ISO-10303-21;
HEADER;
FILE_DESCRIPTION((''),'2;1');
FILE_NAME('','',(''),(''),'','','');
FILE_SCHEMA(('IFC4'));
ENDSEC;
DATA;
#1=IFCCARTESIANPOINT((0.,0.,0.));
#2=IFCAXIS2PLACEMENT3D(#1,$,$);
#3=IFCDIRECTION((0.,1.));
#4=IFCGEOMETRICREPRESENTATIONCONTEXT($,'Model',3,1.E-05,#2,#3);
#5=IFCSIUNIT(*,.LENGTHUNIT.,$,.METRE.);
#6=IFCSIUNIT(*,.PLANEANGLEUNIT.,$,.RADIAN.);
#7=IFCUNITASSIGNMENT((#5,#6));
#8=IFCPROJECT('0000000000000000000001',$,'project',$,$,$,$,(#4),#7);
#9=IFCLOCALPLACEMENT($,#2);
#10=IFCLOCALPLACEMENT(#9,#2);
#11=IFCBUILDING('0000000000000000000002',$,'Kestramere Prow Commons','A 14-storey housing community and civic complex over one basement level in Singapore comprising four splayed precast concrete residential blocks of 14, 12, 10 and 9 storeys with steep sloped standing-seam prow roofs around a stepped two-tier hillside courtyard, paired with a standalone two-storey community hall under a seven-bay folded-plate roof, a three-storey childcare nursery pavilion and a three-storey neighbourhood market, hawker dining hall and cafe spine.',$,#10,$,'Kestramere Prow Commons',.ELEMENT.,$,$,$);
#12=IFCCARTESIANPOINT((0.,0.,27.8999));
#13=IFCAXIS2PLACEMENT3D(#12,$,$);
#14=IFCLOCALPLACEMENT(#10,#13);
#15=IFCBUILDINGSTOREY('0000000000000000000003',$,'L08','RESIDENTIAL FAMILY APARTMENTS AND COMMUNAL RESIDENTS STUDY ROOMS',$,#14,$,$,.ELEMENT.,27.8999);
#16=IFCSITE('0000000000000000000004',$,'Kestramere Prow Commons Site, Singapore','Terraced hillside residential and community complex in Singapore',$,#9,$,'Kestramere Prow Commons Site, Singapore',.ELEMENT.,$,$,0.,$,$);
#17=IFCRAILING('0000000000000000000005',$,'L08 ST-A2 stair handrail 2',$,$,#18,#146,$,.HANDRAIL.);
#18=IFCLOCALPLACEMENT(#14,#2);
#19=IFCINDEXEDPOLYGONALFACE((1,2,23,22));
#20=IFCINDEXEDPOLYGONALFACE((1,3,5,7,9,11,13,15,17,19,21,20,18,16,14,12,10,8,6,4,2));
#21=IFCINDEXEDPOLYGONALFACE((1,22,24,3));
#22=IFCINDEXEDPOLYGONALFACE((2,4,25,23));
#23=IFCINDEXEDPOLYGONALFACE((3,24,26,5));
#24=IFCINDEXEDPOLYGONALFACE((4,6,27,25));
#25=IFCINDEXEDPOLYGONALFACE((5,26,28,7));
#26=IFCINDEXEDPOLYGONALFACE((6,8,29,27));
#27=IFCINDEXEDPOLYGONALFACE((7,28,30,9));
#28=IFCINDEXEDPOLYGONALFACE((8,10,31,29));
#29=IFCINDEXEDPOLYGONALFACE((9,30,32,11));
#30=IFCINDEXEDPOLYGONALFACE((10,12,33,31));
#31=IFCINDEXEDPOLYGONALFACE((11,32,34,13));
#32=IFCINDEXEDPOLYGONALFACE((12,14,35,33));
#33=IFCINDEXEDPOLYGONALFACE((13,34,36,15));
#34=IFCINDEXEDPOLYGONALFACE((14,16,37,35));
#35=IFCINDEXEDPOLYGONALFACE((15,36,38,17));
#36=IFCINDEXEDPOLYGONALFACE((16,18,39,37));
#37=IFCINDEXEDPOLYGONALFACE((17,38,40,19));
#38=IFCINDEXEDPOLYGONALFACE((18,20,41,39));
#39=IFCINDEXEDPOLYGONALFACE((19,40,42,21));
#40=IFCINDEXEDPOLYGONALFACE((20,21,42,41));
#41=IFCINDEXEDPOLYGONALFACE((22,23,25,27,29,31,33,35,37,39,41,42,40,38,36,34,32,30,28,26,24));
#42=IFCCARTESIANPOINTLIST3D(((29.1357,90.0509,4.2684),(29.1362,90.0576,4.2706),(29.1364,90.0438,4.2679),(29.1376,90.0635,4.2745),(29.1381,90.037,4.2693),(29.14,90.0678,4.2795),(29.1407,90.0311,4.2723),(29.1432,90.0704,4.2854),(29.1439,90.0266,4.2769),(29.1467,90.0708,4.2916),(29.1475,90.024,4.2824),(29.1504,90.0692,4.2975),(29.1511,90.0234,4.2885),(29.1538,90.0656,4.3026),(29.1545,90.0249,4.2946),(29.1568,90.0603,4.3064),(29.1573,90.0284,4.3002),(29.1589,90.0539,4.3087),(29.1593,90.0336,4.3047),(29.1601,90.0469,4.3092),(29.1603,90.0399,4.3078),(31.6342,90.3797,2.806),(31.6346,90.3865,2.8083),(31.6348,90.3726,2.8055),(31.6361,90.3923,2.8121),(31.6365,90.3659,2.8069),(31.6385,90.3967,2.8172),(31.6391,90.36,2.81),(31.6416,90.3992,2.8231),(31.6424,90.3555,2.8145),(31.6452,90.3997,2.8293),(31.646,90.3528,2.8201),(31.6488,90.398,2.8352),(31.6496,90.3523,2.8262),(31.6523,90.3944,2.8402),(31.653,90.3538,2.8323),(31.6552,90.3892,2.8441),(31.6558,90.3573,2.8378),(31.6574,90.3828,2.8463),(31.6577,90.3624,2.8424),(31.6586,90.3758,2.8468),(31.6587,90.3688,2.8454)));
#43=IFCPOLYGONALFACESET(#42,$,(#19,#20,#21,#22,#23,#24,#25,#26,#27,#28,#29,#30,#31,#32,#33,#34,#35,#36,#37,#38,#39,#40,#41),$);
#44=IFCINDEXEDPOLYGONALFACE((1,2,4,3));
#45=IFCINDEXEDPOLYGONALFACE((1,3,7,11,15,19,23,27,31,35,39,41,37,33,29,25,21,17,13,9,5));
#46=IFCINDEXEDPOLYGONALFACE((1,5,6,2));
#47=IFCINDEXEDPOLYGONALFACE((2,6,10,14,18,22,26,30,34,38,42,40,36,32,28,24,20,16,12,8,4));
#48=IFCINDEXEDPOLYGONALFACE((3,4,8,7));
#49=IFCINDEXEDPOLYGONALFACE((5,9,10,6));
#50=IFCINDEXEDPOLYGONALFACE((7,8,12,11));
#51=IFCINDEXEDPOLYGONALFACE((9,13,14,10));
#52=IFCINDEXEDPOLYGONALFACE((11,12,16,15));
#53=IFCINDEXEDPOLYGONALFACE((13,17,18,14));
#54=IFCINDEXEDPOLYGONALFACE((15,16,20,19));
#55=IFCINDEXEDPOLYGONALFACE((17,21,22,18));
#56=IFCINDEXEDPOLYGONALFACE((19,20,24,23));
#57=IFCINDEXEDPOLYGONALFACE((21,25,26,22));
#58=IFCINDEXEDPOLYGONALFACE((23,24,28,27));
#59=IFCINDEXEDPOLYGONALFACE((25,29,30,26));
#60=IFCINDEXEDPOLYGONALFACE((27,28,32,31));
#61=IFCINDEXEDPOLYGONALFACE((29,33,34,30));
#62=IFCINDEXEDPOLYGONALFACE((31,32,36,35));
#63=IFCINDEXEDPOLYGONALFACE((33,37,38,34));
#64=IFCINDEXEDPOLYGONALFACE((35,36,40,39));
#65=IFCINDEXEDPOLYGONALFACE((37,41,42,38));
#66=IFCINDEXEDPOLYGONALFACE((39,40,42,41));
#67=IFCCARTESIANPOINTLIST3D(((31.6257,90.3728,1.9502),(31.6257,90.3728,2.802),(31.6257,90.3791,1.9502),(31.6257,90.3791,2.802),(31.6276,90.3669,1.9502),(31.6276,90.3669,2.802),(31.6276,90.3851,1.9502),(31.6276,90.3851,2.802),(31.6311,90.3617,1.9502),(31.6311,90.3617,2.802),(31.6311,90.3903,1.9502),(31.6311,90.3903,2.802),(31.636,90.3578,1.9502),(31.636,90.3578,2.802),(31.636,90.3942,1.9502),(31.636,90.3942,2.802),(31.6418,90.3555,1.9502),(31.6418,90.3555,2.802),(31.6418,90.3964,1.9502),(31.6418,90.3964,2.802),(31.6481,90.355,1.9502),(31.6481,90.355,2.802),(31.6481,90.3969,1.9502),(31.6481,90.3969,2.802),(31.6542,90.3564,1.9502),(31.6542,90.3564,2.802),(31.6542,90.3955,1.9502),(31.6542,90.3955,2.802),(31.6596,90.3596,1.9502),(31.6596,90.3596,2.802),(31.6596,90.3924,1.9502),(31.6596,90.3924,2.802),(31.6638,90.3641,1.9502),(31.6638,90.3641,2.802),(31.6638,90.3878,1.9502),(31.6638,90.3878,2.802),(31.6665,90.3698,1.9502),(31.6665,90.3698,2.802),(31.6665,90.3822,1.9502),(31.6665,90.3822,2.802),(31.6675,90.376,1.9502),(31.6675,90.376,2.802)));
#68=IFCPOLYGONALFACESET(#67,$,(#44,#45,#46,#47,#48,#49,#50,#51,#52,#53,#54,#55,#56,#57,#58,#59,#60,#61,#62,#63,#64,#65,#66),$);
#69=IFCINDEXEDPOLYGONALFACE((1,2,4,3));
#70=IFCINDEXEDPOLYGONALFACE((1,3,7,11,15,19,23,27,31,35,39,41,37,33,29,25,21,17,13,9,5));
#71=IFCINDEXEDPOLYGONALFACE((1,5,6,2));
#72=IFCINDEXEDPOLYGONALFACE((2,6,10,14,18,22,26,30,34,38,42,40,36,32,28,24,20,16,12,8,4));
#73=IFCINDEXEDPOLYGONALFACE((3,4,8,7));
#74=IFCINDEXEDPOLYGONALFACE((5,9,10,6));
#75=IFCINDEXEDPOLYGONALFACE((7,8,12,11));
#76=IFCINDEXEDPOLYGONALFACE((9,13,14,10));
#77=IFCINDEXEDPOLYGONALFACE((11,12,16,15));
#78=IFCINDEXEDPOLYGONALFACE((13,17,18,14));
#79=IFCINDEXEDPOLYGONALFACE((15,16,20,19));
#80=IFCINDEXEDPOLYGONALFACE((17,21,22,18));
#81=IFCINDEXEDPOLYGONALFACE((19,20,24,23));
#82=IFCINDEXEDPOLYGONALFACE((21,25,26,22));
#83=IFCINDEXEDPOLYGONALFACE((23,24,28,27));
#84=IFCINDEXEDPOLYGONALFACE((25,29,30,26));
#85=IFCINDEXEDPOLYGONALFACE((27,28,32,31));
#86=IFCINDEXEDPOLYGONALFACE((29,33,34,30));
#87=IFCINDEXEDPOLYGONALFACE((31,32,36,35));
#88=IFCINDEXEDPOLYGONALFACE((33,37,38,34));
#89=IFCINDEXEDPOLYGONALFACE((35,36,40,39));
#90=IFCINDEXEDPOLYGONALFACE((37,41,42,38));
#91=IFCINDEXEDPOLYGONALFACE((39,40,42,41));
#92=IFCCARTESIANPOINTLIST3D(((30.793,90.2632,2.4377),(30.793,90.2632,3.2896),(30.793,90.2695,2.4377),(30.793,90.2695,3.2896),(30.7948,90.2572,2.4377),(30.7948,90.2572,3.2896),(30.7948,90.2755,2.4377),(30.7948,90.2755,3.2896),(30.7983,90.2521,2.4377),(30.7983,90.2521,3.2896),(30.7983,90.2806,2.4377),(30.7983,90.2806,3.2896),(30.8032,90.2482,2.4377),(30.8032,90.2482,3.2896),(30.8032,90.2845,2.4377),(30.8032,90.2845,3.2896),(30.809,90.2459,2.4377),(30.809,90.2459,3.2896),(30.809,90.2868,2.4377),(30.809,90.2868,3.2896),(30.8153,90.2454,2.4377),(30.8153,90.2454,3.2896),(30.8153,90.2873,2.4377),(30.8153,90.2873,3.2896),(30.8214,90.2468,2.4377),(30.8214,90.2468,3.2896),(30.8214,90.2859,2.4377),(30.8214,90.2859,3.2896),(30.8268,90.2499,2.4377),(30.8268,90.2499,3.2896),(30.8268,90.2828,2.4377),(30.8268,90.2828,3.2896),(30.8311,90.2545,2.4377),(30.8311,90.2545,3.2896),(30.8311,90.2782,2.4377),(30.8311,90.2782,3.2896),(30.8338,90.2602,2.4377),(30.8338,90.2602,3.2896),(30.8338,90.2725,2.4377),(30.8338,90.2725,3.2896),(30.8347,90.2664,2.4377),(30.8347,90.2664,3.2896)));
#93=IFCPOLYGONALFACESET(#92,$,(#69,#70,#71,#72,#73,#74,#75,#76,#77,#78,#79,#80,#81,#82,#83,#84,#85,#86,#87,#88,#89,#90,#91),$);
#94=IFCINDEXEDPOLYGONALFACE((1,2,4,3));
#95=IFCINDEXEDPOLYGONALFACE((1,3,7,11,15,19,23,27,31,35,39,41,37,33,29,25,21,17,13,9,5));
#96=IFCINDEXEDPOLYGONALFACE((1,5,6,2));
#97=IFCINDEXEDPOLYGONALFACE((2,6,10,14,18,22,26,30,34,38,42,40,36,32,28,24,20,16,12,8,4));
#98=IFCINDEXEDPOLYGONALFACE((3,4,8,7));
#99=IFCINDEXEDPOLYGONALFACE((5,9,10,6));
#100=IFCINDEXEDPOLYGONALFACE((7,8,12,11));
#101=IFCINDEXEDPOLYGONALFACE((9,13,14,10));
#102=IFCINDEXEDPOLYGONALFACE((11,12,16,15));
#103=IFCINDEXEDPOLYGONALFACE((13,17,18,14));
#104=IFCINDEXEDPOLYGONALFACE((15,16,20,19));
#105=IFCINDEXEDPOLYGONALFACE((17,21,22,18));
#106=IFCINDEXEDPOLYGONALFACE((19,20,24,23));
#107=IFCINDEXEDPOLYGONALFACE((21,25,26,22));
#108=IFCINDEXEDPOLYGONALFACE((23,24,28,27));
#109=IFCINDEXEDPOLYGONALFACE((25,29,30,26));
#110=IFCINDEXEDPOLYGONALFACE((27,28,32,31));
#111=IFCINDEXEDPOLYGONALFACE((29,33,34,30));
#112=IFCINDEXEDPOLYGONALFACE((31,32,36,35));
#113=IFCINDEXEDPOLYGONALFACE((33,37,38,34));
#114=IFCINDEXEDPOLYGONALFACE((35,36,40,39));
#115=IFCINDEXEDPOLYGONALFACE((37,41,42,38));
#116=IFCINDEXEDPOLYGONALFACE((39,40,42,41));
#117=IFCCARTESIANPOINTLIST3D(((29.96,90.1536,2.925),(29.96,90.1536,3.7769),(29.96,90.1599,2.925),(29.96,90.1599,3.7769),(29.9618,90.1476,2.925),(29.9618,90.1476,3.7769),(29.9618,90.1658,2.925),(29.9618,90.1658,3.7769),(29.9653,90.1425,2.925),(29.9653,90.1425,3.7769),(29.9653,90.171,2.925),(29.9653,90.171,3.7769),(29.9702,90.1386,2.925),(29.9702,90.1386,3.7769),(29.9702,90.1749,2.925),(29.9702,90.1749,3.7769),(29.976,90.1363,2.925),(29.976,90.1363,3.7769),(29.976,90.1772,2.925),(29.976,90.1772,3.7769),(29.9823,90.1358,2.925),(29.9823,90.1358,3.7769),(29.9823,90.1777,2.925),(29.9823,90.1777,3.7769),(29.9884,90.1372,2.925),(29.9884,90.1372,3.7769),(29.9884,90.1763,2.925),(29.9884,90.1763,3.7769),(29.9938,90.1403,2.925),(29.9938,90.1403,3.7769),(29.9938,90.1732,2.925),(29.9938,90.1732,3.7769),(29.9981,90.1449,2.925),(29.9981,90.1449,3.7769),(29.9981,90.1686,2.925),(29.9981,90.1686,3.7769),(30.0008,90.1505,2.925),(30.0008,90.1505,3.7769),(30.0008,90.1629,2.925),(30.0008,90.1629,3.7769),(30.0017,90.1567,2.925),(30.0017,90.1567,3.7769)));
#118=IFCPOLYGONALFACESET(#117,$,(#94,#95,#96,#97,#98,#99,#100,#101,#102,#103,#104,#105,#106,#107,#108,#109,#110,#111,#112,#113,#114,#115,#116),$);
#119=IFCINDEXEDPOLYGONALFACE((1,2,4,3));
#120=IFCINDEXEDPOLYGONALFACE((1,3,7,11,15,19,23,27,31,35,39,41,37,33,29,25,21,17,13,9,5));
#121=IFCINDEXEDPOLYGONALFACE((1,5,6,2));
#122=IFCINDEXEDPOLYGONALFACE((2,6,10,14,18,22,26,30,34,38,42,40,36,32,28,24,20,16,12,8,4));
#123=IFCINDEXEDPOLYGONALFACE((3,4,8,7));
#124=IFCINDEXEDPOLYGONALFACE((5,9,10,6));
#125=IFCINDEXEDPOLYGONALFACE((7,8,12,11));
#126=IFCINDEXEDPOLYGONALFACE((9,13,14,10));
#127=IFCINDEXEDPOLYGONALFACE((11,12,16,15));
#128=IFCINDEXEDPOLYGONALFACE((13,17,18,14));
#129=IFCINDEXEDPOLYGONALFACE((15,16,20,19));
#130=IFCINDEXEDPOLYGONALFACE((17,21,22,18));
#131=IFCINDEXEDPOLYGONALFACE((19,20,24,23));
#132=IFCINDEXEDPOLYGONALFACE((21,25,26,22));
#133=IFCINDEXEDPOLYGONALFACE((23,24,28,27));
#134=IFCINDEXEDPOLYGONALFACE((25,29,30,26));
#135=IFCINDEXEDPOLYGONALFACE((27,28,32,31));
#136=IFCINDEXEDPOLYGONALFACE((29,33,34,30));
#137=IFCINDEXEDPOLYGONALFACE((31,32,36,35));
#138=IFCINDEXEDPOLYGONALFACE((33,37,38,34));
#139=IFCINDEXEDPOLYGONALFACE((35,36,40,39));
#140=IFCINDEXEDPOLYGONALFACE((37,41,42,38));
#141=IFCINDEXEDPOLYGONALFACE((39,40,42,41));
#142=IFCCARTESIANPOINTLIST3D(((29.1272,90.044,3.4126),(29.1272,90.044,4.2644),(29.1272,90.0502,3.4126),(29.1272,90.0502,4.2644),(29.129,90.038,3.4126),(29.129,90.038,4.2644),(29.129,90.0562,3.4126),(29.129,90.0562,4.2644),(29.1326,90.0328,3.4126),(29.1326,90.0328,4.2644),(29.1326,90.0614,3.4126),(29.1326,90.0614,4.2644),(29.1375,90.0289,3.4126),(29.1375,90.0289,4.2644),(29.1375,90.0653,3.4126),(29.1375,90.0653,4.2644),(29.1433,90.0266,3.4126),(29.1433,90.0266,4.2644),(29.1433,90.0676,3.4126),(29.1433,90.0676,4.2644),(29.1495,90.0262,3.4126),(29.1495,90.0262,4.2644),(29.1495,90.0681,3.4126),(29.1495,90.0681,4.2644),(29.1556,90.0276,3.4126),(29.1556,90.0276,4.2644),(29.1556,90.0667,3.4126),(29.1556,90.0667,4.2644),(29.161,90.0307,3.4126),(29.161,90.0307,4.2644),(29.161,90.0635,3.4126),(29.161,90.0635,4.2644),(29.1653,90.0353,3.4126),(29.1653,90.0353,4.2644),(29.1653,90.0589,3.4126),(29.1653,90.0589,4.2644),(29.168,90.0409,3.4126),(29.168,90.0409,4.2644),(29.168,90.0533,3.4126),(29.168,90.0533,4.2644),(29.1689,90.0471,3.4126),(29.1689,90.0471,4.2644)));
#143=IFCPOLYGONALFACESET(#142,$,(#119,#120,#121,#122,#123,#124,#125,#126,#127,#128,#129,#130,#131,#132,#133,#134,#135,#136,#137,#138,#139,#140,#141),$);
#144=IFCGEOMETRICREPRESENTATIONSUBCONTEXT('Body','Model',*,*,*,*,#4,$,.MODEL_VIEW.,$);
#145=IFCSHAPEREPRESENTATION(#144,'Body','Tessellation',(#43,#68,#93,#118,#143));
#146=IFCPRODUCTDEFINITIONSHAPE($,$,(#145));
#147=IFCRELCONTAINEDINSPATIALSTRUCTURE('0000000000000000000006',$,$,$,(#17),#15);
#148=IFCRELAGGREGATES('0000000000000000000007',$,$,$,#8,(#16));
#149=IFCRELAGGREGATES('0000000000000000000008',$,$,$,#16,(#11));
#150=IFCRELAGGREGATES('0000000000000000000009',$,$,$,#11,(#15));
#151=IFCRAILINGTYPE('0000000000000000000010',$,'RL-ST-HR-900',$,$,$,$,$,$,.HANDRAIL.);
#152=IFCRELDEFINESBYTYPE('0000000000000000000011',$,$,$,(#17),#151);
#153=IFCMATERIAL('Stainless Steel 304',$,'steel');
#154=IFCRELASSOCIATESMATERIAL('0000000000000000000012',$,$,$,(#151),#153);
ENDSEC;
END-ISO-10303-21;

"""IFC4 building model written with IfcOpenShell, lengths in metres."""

from ifc_helpers import new_model, si_unit, direction, frame, origin, origin_2d, place, context, subcontext, project, spatial, circle, extrude, material, type_object, element, save


model = new_model("IFC4")

# Units and contexts
model_context = context("Model", 3, precision=1e-05, world=origin(), true_north=direction((0.0, 1.0)))
body_context = subcontext(model_context, "Body", "Model", "MODEL_VIEW")
ifc_project = project(units=[si_unit("LENGTHUNIT", "METRE"), si_unit("PLANEANGLEUNIT", "RADIAN")], contexts=[model_context])

# Site, building, storey
site_placement = place(None, origin())
site = spatial("IfcSite", under=ifc_project, at=site_placement, Name="Kestramere Prow Commons Site, Singapore", Description="Terraced hillside residential and community complex in Singapore", LongName="Kestramere Prow Commons Site, Singapore", CompositionType="ELEMENT", RefElevation=0.0)
building_placement = place(site_placement, origin())
building = spatial("IfcBuilding", under=site, at=building_placement, Name="Kestramere Prow Commons", Description="A 14-storey housing community and civic complex over one basement level in Singapore comprising four splayed precast concrete residential blocks of 14, 12, 10 and 9 storeys with steep sloped standing-seam prow roofs around a stepped two-tier hillside courtyard, paired with a standalone two-storey community hall under a seven-bay folded-plate roof, a three-storey childcare nursery pavilion and a three-storey neighbourhood market, hawker dining hall and cafe spine.", LongName="Kestramere Prow Commons", CompositionType="ELEMENT")
storey_placement = place(building_placement, frame((0.0, 0.0, 27.8999)))
storey = spatial("IfcBuildingStorey", under=building, at=storey_placement, Name="L08", Description="RESIDENTIAL FAMILY APARTMENTS AND COMMUNAL RESIDENTS STUDY ROOMS", CompositionType="ELEMENT", Elevation=27.8999)

# Railing
ifc_material_1 = material(Name="Stainless Steel 304", Category="steel")
railing_type = type_object("IfcRailingType", Name="RL-ST-HR-900", PredefinedType="HANDRAIL", material=ifc_material_1)
railing_placement = place(storey_placement, frame((31.6465, 90.376, 1.9502)))
element("IfcRailing", 1, at=railing_placement, inside=storey, type_object=railing_type, Name="L08 ST-A2 stair handrail 2", PredefinedType="HANDRAIL", context=body_context, shape_type="SweptSolid", body=[
    extrude(circle(Radius=0.0239, at=origin_2d()), frame((0.0, 0.0, 0.876), z_axis=(-0.857523, -0.112867, 0.501912), x_axis=(0.130495, -0.991449, 0.0)), (0.0, 0.0, 1.0), 2.9136),
    extrude(circle(Radius=0.021, at=origin_2d()), origin(), (0.0, 0.0, 1.0), 0.8518),
    extrude(circle(Radius=0.021, at=origin_2d()), frame((-0.8328, -0.1096, 0.4875)), (0.0, 0.0, 1.0), 0.8518),
    extrude(circle(Radius=0.021, at=origin_2d()), frame((-1.6658, -0.2192, 0.9749)), (0.0, 0.0, 1.0), 0.8518),
    extrude(circle(Radius=0.021, at=origin_2d()), frame((-2.4985, -0.3289, 1.4624)), (0.0, 0.0, 1.0), 0.8518),
])

save(model, "model.ifc")
